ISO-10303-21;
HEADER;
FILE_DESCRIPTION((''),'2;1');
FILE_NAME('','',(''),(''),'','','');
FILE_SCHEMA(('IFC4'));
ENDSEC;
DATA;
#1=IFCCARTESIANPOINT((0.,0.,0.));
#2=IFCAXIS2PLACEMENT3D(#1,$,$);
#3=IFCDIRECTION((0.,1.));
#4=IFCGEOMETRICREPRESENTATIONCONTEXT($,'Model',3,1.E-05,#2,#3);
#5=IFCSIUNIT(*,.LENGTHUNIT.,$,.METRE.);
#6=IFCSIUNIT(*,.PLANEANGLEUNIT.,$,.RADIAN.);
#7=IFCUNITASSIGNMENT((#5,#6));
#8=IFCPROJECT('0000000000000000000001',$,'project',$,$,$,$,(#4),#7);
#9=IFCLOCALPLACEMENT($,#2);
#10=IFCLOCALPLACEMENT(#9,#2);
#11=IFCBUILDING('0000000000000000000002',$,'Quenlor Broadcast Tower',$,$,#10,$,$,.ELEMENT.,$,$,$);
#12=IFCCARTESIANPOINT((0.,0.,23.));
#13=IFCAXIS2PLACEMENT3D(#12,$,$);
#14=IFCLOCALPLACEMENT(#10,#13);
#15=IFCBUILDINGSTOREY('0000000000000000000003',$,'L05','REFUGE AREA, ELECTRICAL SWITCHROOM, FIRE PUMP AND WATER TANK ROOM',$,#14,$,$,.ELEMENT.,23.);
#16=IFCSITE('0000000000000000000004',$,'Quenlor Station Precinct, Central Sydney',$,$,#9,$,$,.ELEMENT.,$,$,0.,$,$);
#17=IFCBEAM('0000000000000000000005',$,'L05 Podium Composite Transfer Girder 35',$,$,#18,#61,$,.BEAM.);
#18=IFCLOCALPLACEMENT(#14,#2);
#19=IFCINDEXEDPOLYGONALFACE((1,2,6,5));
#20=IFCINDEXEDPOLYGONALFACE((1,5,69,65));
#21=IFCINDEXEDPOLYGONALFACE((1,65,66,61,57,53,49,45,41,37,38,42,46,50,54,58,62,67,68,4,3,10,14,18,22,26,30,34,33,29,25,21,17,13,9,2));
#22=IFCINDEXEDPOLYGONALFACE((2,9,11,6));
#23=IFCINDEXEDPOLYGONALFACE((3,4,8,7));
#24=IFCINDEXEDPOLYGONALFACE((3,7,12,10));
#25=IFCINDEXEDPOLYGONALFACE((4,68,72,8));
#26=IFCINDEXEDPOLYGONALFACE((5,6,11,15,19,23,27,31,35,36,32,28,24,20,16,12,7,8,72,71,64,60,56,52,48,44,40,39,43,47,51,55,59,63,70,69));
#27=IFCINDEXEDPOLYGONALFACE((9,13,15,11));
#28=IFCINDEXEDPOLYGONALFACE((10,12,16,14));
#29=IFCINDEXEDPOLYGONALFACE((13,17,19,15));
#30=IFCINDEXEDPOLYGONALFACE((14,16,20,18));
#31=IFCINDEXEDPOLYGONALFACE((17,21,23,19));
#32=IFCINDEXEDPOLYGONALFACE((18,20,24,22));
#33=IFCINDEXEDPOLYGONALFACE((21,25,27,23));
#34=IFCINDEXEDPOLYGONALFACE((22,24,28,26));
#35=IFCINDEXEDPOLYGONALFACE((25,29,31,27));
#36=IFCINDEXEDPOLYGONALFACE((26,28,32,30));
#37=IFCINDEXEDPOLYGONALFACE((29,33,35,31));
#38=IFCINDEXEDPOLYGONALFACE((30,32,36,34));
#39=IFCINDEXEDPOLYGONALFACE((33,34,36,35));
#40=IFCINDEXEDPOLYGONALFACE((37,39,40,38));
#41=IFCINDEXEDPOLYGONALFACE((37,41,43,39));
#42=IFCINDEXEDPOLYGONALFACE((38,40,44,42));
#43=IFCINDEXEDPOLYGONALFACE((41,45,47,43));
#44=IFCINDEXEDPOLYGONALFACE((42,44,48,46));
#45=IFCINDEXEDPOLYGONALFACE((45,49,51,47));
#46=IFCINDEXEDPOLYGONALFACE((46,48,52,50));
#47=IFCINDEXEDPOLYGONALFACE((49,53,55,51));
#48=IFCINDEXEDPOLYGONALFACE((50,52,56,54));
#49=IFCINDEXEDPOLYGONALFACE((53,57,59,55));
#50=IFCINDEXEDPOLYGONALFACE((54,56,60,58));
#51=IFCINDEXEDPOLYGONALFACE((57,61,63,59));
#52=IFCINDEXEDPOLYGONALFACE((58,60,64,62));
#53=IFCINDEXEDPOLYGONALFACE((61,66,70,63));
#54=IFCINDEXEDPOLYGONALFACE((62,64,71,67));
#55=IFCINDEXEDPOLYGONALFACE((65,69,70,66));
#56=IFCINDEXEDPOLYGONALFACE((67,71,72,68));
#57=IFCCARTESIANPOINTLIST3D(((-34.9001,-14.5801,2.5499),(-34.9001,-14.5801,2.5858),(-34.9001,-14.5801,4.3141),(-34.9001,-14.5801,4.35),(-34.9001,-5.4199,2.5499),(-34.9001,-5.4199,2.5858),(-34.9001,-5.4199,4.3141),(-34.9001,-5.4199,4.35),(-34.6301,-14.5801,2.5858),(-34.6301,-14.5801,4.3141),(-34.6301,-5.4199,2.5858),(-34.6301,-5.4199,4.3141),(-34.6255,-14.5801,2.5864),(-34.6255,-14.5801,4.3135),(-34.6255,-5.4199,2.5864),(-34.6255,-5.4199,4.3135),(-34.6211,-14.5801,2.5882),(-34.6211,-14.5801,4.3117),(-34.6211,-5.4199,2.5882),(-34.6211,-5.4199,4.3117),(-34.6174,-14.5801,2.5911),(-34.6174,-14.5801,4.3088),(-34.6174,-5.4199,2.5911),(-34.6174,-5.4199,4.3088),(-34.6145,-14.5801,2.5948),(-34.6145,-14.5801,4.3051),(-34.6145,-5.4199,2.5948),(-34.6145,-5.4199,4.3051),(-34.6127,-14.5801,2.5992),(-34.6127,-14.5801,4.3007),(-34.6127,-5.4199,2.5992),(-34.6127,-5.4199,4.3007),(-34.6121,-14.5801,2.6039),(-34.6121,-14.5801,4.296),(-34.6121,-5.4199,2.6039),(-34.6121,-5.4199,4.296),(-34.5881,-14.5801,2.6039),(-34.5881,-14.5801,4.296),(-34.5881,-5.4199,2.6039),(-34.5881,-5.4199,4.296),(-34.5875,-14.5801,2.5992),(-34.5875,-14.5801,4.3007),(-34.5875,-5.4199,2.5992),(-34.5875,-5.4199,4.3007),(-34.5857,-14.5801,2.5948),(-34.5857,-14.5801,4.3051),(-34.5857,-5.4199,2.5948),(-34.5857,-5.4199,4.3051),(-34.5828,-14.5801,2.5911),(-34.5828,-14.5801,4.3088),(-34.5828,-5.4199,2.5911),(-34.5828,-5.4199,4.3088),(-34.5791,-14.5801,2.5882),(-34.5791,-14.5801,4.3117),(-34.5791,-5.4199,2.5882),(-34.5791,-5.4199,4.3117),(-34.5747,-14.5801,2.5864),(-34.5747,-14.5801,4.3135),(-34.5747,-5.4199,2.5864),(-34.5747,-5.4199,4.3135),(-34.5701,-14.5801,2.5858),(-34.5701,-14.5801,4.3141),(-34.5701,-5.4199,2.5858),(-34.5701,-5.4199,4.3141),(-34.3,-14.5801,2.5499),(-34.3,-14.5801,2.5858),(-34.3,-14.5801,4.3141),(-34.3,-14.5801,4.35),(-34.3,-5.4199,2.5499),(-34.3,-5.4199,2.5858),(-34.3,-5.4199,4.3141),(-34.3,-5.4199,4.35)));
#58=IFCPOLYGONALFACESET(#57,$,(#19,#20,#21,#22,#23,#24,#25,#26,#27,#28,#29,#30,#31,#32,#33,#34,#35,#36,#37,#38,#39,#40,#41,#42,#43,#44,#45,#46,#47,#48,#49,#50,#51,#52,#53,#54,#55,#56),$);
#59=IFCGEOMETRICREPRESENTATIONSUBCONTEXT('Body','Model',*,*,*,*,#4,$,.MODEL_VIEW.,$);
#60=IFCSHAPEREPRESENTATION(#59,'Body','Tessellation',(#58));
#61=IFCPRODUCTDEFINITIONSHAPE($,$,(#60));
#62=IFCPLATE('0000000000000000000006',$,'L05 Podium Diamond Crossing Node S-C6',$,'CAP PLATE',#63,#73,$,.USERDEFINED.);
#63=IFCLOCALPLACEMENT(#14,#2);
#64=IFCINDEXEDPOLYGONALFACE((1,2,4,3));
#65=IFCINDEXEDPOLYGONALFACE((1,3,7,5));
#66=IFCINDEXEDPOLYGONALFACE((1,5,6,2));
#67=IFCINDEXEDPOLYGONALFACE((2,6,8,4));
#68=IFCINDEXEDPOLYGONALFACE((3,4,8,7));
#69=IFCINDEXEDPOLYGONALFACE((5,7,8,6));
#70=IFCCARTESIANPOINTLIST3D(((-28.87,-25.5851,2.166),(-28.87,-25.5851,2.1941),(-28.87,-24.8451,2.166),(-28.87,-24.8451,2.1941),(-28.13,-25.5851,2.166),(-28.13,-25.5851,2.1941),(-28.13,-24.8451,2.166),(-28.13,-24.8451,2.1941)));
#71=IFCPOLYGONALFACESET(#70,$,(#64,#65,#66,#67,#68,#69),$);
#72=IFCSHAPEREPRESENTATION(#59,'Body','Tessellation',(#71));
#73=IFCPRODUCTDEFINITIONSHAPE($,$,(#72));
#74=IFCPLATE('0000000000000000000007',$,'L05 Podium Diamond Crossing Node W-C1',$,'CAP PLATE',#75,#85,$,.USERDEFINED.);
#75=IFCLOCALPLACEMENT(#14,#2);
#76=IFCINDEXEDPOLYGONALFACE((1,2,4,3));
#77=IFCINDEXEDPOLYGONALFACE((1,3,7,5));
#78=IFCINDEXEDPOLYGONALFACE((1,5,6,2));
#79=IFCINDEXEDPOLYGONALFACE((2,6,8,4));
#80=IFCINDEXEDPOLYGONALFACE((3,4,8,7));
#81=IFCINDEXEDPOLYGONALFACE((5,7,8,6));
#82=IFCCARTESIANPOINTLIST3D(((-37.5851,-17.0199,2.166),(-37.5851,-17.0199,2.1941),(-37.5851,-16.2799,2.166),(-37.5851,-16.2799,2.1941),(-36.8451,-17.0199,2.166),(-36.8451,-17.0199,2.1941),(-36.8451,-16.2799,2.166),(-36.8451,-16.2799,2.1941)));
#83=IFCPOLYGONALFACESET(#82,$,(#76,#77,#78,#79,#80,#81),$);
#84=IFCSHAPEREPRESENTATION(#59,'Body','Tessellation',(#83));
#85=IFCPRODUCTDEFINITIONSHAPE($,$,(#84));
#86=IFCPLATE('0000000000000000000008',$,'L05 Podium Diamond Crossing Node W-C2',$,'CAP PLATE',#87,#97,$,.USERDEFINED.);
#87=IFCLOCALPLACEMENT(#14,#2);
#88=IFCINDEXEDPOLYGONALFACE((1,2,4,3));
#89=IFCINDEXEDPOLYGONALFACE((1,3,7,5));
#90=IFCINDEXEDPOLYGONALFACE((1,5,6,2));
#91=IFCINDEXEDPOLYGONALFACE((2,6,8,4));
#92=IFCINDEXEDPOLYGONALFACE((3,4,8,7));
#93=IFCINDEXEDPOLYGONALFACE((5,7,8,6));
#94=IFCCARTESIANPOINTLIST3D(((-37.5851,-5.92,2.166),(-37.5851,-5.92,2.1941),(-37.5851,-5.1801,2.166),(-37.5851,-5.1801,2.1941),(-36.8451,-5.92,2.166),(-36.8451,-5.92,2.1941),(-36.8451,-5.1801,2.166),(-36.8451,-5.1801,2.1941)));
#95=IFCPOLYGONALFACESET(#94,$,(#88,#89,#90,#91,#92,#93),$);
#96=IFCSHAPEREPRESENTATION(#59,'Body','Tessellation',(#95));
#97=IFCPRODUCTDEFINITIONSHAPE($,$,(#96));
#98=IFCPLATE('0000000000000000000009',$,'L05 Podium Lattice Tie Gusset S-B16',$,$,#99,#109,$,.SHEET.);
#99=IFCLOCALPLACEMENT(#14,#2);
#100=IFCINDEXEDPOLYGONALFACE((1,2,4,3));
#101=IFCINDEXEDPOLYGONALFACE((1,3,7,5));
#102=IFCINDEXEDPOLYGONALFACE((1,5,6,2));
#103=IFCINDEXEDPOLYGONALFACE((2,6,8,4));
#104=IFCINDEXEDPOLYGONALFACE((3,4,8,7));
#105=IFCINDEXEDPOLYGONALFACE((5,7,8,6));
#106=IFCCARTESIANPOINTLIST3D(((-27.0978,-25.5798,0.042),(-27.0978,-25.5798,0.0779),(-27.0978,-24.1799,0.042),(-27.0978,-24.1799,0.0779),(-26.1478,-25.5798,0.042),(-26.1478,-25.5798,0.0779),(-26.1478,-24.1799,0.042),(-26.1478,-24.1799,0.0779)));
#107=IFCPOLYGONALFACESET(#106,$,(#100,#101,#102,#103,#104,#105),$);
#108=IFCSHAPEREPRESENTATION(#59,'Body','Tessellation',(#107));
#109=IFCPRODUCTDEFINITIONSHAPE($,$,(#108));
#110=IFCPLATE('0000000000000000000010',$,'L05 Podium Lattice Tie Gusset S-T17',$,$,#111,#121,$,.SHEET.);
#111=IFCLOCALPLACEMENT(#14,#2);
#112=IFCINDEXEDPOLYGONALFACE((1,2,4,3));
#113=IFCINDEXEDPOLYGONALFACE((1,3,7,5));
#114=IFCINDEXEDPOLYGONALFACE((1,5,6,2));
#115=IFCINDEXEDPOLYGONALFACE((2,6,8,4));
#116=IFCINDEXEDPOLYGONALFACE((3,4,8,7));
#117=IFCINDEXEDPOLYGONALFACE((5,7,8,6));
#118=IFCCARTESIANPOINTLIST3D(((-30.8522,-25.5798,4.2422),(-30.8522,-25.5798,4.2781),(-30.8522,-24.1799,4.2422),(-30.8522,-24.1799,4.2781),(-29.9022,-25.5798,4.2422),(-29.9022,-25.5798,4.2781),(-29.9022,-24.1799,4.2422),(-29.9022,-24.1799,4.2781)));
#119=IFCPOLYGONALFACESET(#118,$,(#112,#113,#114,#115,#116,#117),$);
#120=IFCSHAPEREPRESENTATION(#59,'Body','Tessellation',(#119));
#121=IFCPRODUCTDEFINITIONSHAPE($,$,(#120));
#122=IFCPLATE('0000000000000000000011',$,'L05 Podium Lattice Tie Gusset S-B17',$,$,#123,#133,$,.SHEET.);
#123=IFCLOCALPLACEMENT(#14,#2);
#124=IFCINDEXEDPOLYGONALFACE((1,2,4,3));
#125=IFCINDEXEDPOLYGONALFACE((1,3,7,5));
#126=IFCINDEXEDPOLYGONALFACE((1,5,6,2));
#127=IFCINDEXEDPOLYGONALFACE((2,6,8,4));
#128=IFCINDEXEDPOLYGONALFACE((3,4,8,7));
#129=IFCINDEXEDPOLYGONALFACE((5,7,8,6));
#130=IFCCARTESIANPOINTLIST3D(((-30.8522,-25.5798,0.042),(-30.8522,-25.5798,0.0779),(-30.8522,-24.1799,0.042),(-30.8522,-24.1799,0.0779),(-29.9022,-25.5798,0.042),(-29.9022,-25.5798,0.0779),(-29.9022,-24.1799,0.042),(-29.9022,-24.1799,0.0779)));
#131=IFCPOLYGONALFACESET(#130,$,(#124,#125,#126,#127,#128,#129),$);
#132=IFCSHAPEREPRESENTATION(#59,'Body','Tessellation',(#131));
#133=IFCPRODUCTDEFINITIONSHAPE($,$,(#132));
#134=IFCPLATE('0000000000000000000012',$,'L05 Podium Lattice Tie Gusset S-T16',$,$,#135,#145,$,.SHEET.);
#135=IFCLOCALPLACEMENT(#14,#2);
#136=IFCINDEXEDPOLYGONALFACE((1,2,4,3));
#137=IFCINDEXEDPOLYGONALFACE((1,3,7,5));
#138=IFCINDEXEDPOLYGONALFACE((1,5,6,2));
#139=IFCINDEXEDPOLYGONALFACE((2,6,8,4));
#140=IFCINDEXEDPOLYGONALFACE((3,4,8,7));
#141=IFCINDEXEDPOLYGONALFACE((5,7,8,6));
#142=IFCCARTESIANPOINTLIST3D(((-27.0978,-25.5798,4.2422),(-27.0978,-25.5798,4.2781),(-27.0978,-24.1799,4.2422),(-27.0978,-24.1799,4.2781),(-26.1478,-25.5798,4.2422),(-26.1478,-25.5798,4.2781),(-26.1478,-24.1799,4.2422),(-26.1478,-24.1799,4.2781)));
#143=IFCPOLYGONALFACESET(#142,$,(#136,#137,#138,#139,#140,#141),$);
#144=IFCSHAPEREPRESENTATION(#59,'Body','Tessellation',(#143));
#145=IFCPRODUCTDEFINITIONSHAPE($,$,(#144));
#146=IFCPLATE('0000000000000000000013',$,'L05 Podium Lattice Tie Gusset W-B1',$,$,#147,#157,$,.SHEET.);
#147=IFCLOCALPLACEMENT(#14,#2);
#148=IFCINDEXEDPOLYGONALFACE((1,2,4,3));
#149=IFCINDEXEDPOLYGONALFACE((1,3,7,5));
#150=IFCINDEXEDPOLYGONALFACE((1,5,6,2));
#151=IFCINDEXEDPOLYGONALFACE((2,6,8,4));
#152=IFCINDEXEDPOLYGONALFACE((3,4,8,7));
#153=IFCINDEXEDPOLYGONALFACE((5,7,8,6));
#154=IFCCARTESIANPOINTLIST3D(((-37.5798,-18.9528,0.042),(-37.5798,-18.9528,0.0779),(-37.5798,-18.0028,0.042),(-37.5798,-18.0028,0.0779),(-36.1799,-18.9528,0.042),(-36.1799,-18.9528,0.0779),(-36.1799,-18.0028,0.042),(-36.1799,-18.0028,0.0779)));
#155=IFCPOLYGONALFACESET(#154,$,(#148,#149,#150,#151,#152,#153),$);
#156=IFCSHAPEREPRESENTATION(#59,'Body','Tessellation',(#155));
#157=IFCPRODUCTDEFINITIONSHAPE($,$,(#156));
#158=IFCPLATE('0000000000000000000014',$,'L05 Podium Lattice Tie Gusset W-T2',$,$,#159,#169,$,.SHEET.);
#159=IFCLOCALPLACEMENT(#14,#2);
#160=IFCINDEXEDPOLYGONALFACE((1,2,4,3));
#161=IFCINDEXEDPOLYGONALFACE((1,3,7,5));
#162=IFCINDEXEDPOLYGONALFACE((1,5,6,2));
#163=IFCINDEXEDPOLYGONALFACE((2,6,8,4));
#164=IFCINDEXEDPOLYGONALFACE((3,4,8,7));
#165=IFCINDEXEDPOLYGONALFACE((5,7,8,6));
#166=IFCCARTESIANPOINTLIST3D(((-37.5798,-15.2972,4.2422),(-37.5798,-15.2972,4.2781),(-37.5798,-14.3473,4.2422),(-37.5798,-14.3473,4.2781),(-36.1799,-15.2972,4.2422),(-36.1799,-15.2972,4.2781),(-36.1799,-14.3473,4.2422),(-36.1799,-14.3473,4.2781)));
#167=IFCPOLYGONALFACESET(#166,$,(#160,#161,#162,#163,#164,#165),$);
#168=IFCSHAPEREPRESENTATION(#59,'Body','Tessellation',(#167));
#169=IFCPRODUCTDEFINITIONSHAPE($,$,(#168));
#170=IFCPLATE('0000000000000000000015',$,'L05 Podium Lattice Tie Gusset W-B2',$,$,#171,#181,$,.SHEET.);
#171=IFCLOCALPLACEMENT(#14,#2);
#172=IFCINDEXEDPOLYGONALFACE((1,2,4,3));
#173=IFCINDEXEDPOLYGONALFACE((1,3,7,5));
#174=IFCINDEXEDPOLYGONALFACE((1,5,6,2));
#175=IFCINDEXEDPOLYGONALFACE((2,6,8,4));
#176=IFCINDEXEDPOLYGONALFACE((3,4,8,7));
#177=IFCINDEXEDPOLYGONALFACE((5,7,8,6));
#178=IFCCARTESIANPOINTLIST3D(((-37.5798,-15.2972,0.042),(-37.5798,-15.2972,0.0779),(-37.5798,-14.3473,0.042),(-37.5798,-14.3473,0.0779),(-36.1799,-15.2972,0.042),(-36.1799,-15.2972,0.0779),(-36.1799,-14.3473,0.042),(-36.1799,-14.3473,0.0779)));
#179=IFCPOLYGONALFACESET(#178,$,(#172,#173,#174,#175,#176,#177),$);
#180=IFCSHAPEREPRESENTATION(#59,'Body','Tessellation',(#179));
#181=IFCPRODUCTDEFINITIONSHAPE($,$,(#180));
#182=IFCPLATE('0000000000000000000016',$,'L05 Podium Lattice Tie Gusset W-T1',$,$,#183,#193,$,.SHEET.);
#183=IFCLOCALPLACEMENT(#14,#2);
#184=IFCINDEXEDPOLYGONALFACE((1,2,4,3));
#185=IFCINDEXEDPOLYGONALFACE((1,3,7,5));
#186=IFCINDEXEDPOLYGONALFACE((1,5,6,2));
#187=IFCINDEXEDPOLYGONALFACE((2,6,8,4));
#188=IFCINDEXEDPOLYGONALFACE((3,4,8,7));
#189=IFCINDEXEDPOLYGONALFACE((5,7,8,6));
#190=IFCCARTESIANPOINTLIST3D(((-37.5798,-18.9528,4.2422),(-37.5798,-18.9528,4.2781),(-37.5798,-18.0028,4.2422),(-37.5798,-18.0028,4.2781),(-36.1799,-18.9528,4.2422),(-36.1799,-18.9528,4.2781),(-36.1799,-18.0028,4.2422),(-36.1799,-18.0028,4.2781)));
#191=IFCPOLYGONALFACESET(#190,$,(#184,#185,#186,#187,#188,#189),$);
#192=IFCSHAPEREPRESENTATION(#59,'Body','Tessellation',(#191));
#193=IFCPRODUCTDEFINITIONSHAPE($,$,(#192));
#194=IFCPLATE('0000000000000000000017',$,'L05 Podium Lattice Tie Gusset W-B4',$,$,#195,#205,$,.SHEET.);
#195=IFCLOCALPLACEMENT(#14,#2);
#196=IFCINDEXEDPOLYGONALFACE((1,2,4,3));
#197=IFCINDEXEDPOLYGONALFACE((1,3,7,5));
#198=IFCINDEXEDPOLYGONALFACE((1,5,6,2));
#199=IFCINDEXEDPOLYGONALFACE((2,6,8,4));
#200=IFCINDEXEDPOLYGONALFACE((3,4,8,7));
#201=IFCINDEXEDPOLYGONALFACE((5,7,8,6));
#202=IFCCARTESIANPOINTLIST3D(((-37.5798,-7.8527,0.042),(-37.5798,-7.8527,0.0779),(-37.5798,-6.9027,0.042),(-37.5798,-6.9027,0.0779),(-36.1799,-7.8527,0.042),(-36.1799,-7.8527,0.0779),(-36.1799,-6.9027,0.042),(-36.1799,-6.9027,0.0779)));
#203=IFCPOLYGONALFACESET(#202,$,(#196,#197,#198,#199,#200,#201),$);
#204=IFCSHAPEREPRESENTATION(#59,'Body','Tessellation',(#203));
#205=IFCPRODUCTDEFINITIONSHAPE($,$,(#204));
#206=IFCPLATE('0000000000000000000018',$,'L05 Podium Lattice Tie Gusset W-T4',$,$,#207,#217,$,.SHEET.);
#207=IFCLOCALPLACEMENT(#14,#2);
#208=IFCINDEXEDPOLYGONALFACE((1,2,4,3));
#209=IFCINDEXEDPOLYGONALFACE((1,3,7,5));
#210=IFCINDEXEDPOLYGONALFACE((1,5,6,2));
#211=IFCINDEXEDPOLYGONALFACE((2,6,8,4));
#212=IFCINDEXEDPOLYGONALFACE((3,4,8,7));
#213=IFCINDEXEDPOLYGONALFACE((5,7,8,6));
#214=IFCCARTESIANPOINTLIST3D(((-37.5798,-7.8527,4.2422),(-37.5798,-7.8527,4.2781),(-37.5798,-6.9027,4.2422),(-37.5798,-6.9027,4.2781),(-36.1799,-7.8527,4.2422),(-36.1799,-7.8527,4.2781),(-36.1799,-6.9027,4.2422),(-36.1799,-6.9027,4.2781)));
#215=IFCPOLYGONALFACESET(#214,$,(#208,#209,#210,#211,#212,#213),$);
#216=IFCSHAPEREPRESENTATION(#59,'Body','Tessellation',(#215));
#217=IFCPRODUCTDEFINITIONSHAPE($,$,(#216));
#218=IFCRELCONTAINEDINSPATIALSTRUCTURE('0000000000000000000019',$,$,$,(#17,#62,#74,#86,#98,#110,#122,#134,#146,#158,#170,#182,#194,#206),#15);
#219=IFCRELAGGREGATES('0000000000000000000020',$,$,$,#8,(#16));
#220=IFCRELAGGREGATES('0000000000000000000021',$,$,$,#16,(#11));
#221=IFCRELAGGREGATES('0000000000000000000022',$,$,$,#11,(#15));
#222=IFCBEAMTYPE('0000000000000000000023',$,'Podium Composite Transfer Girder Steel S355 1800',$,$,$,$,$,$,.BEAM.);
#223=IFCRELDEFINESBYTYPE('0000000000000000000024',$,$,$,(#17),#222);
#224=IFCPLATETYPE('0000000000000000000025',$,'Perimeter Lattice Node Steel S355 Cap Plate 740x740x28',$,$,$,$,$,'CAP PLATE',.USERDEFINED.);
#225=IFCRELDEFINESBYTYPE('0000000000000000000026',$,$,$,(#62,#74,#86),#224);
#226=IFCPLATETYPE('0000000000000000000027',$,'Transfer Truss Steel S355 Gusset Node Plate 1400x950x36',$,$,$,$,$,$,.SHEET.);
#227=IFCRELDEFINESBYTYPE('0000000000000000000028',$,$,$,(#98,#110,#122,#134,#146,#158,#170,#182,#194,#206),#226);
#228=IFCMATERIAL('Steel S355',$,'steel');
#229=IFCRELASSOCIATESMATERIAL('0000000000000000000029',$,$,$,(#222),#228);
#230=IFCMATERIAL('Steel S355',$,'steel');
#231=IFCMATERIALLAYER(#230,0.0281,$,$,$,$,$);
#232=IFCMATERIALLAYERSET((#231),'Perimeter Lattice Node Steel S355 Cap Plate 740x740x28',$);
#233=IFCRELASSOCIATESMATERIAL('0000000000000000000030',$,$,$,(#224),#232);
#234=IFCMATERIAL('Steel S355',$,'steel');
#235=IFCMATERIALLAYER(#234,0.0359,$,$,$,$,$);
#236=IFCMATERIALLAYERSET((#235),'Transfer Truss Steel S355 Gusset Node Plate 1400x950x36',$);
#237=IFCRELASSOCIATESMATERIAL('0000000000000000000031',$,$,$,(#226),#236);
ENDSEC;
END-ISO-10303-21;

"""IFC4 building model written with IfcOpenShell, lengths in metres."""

from ifc_helpers import new_model, si_unit, direction, frame, origin, origin_2d, place, context, subcontext, project, spatial, rectangle, i_section, extrude, material, layer, layer_set, material_profile, profile_set, type_object, element, save


model = new_model("IFC4")

# Units and contexts
model_context = context("Model", 3, precision=1e-05, world=origin(), true_north=direction((0.0, 1.0)))
body_context = subcontext(model_context, "Body", "Model", "MODEL_VIEW")
ifc_project = project(units=[si_unit("LENGTHUNIT", "METRE"), si_unit("PLANEANGLEUNIT", "RADIAN")], contexts=[model_context])

# Site, building, storey
site_placement = place(None, origin())
site = spatial("IfcSite", under=ifc_project, at=site_placement, Name="Quenlor Station Precinct, Central Sydney", CompositionType="ELEMENT", RefElevation=0.0)
building_placement = place(site_placement, origin())
building = spatial("IfcBuilding", under=site, at=building_placement, Name="Quenlor Broadcast Tower", CompositionType="ELEMENT")
storey_placement = place(building_placement, frame((0.0, 0.0, 23.0)))
storey = spatial("IfcBuildingStorey", under=building, at=storey_placement, Name="L05", Description="REFUGE AREA, ELECTRICAL SWITCHROOM, FIRE PUMP AND WATER TANK ROOM", CompositionType="ELEMENT", Elevation=23.0)

# Beam
ifc_material_1 = material(Name="Steel S355", Category="steel")
ifc_material_profile_1 = material_profile(ifc_material_1, i_section(OverallWidth=0.6001, OverallDepth=1.8, WebThickness=0.0239, FlangeThickness=0.0359, FilletRadius=0.0181, at=origin_2d()))
ifc_profile_set_1 = profile_set([ifc_material_profile_1], Name="Steel S355 1800TG620")
beam_type = type_object("IfcBeamType", Name="Podium Composite Transfer Girder Steel S355 1800", PredefinedType="BEAM", material=ifc_profile_set_1)
beam_1_placement = place(storey_placement, frame((-34.6001, -14.5801, 3.45), z_axis=(0.0, 1.0, 0.0), x_axis=(-1.0, 0.0, 0.0)))
element("IfcBeam", 1, at=beam_1_placement, inside=storey, type_object=beam_type, Name="L05 Podium Composite Transfer Girder 35", PredefinedType="BEAM", context=body_context, shape_type="SweptSolid", body=[
    extrude(i_section(OverallWidth=0.6001, OverallDepth=1.8, WebThickness=0.0239, FlangeThickness=0.0359, FilletRadius=0.0181, at=origin_2d()), origin(), (0.0, 0.0, 1.0), 9.1602),
])

# Plates
ifc_material_2 = material(Name="Steel S355", Category="steel")
ifc_layer_1 = layer(ifc_material_2, 0.0281)
ifc_layer_set_1 = layer_set([ifc_layer_1], Name="Perimeter Lattice Node Steel S355 Cap Plate 740x740x28")
plate_type_1 = type_object("IfcPlateType", Name="Perimeter Lattice Node Steel S355 Cap Plate 740x740x28", ElementType="CAP PLATE", PredefinedType="USERDEFINED", material=ifc_layer_set_1)
for number, where, z_axis, x_axis, name in (
    (2, (-28.5, -25.2151, 2.166), (0.0, 0.0, 1.0), (-1.0, 0.0, 0.0), "L05 Podium Diamond Crossing Node S-C6"),
    (3, (-37.2151, -16.6499, 2.166), (0.0, 0.0, 1.0), (0.0, 1.0, 0.0), "L05 Podium Diamond Crossing Node W-C1"),
    (4, (-37.2151, -5.55, 2.166), (0.0, 0.0, 1.0), (0.0, 1.0, 0.0), "L05 Podium Diamond Crossing Node W-C2"),
):
    element("IfcPlate", number, at=place(storey_placement, frame(where, z_axis=z_axis, x_axis=x_axis)), inside=storey, type_object=plate_type_1, Name=name, ObjectType="CAP PLATE", PredefinedType="USERDEFINED", context=body_context, shape_type="SweptSolid", body=[
        extrude(rectangle(XDim=0.74, YDim=0.74, at=origin_2d()), origin(), (0.0, 0.0, 1.0), 0.0281),
    ])
ifc_material_3 = material(Name="Steel S355", Category="steel")
ifc_layer_2 = layer(ifc_material_3, 0.0359)
ifc_layer_set_2 = layer_set([ifc_layer_2], Name="Transfer Truss Steel S355 Gusset Node Plate 1400x950x36")
plate_type_2 = type_object("IfcPlateType", Name="Transfer Truss Steel S355 Gusset Node Plate 1400x950x36", PredefinedType="SHEET", material=ifc_layer_set_2)
for number, where, z_axis, x_axis, name in (
    (5, (-26.6228, -24.8799, 0.042), (0.0, 0.0, 1.0), (0.0, -1.0, 0.0), "L05 Podium Lattice Tie Gusset S-B16"),
    (6, (-30.3772, -24.8799, 4.2422), (0.0, 0.0, 1.0), (0.0, -1.0, 0.0), "L05 Podium Lattice Tie Gusset S-T17"),
    (7, (-30.3772, -24.8799, 0.042), (0.0, 0.0, 1.0), (0.0, -1.0, 0.0), "L05 Podium Lattice Tie Gusset S-B17"),
    (8, (-26.6228, -24.8799, 4.2422), (0.0, 0.0, 1.0), (0.0, -1.0, 0.0), "L05 Podium Lattice Tie Gusset S-T16"),
    (9, (-36.8799, -18.4778, 0.042), (0.0, 0.0, 1.0), (-1.0, 0.0, 0.0), "L05 Podium Lattice Tie Gusset W-B1"),
    (10, (-36.8799, -14.8223, 4.2422), (0.0, 0.0, 1.0), (-1.0, 0.0, 0.0), "L05 Podium Lattice Tie Gusset W-T2"),
    (11, (-36.8799, -14.8223, 0.042), (0.0, 0.0, 1.0), (-1.0, 0.0, 0.0), "L05 Podium Lattice Tie Gusset W-B2"),
    (12, (-36.8799, -18.4778, 4.2422), (0.0, 0.0, 1.0), (-1.0, 0.0, 0.0), "L05 Podium Lattice Tie Gusset W-T1"),
    (13, (-36.8799, -7.3777, 0.042), (0.0, 0.0, 1.0), (-1.0, 0.0, 0.0), "L05 Podium Lattice Tie Gusset W-B4"),
    (14, (-36.8799, -7.3777, 4.2422), (0.0, 0.0, 1.0), (-1.0, 0.0, 0.0), "L05 Podium Lattice Tie Gusset W-T4"),
):
    element("IfcPlate", number, at=place(storey_placement, frame(where, z_axis=z_axis, x_axis=x_axis)), inside=storey, type_object=plate_type_2, Name=name, PredefinedType="SHEET", context=body_context, shape_type="SweptSolid", body=[
        extrude(rectangle(XDim=1.3999, YDim=0.95, at=origin_2d()), origin(), (0.0, 0.0, 1.0), 0.0359),
    ])

save(model, "model.ifc")
